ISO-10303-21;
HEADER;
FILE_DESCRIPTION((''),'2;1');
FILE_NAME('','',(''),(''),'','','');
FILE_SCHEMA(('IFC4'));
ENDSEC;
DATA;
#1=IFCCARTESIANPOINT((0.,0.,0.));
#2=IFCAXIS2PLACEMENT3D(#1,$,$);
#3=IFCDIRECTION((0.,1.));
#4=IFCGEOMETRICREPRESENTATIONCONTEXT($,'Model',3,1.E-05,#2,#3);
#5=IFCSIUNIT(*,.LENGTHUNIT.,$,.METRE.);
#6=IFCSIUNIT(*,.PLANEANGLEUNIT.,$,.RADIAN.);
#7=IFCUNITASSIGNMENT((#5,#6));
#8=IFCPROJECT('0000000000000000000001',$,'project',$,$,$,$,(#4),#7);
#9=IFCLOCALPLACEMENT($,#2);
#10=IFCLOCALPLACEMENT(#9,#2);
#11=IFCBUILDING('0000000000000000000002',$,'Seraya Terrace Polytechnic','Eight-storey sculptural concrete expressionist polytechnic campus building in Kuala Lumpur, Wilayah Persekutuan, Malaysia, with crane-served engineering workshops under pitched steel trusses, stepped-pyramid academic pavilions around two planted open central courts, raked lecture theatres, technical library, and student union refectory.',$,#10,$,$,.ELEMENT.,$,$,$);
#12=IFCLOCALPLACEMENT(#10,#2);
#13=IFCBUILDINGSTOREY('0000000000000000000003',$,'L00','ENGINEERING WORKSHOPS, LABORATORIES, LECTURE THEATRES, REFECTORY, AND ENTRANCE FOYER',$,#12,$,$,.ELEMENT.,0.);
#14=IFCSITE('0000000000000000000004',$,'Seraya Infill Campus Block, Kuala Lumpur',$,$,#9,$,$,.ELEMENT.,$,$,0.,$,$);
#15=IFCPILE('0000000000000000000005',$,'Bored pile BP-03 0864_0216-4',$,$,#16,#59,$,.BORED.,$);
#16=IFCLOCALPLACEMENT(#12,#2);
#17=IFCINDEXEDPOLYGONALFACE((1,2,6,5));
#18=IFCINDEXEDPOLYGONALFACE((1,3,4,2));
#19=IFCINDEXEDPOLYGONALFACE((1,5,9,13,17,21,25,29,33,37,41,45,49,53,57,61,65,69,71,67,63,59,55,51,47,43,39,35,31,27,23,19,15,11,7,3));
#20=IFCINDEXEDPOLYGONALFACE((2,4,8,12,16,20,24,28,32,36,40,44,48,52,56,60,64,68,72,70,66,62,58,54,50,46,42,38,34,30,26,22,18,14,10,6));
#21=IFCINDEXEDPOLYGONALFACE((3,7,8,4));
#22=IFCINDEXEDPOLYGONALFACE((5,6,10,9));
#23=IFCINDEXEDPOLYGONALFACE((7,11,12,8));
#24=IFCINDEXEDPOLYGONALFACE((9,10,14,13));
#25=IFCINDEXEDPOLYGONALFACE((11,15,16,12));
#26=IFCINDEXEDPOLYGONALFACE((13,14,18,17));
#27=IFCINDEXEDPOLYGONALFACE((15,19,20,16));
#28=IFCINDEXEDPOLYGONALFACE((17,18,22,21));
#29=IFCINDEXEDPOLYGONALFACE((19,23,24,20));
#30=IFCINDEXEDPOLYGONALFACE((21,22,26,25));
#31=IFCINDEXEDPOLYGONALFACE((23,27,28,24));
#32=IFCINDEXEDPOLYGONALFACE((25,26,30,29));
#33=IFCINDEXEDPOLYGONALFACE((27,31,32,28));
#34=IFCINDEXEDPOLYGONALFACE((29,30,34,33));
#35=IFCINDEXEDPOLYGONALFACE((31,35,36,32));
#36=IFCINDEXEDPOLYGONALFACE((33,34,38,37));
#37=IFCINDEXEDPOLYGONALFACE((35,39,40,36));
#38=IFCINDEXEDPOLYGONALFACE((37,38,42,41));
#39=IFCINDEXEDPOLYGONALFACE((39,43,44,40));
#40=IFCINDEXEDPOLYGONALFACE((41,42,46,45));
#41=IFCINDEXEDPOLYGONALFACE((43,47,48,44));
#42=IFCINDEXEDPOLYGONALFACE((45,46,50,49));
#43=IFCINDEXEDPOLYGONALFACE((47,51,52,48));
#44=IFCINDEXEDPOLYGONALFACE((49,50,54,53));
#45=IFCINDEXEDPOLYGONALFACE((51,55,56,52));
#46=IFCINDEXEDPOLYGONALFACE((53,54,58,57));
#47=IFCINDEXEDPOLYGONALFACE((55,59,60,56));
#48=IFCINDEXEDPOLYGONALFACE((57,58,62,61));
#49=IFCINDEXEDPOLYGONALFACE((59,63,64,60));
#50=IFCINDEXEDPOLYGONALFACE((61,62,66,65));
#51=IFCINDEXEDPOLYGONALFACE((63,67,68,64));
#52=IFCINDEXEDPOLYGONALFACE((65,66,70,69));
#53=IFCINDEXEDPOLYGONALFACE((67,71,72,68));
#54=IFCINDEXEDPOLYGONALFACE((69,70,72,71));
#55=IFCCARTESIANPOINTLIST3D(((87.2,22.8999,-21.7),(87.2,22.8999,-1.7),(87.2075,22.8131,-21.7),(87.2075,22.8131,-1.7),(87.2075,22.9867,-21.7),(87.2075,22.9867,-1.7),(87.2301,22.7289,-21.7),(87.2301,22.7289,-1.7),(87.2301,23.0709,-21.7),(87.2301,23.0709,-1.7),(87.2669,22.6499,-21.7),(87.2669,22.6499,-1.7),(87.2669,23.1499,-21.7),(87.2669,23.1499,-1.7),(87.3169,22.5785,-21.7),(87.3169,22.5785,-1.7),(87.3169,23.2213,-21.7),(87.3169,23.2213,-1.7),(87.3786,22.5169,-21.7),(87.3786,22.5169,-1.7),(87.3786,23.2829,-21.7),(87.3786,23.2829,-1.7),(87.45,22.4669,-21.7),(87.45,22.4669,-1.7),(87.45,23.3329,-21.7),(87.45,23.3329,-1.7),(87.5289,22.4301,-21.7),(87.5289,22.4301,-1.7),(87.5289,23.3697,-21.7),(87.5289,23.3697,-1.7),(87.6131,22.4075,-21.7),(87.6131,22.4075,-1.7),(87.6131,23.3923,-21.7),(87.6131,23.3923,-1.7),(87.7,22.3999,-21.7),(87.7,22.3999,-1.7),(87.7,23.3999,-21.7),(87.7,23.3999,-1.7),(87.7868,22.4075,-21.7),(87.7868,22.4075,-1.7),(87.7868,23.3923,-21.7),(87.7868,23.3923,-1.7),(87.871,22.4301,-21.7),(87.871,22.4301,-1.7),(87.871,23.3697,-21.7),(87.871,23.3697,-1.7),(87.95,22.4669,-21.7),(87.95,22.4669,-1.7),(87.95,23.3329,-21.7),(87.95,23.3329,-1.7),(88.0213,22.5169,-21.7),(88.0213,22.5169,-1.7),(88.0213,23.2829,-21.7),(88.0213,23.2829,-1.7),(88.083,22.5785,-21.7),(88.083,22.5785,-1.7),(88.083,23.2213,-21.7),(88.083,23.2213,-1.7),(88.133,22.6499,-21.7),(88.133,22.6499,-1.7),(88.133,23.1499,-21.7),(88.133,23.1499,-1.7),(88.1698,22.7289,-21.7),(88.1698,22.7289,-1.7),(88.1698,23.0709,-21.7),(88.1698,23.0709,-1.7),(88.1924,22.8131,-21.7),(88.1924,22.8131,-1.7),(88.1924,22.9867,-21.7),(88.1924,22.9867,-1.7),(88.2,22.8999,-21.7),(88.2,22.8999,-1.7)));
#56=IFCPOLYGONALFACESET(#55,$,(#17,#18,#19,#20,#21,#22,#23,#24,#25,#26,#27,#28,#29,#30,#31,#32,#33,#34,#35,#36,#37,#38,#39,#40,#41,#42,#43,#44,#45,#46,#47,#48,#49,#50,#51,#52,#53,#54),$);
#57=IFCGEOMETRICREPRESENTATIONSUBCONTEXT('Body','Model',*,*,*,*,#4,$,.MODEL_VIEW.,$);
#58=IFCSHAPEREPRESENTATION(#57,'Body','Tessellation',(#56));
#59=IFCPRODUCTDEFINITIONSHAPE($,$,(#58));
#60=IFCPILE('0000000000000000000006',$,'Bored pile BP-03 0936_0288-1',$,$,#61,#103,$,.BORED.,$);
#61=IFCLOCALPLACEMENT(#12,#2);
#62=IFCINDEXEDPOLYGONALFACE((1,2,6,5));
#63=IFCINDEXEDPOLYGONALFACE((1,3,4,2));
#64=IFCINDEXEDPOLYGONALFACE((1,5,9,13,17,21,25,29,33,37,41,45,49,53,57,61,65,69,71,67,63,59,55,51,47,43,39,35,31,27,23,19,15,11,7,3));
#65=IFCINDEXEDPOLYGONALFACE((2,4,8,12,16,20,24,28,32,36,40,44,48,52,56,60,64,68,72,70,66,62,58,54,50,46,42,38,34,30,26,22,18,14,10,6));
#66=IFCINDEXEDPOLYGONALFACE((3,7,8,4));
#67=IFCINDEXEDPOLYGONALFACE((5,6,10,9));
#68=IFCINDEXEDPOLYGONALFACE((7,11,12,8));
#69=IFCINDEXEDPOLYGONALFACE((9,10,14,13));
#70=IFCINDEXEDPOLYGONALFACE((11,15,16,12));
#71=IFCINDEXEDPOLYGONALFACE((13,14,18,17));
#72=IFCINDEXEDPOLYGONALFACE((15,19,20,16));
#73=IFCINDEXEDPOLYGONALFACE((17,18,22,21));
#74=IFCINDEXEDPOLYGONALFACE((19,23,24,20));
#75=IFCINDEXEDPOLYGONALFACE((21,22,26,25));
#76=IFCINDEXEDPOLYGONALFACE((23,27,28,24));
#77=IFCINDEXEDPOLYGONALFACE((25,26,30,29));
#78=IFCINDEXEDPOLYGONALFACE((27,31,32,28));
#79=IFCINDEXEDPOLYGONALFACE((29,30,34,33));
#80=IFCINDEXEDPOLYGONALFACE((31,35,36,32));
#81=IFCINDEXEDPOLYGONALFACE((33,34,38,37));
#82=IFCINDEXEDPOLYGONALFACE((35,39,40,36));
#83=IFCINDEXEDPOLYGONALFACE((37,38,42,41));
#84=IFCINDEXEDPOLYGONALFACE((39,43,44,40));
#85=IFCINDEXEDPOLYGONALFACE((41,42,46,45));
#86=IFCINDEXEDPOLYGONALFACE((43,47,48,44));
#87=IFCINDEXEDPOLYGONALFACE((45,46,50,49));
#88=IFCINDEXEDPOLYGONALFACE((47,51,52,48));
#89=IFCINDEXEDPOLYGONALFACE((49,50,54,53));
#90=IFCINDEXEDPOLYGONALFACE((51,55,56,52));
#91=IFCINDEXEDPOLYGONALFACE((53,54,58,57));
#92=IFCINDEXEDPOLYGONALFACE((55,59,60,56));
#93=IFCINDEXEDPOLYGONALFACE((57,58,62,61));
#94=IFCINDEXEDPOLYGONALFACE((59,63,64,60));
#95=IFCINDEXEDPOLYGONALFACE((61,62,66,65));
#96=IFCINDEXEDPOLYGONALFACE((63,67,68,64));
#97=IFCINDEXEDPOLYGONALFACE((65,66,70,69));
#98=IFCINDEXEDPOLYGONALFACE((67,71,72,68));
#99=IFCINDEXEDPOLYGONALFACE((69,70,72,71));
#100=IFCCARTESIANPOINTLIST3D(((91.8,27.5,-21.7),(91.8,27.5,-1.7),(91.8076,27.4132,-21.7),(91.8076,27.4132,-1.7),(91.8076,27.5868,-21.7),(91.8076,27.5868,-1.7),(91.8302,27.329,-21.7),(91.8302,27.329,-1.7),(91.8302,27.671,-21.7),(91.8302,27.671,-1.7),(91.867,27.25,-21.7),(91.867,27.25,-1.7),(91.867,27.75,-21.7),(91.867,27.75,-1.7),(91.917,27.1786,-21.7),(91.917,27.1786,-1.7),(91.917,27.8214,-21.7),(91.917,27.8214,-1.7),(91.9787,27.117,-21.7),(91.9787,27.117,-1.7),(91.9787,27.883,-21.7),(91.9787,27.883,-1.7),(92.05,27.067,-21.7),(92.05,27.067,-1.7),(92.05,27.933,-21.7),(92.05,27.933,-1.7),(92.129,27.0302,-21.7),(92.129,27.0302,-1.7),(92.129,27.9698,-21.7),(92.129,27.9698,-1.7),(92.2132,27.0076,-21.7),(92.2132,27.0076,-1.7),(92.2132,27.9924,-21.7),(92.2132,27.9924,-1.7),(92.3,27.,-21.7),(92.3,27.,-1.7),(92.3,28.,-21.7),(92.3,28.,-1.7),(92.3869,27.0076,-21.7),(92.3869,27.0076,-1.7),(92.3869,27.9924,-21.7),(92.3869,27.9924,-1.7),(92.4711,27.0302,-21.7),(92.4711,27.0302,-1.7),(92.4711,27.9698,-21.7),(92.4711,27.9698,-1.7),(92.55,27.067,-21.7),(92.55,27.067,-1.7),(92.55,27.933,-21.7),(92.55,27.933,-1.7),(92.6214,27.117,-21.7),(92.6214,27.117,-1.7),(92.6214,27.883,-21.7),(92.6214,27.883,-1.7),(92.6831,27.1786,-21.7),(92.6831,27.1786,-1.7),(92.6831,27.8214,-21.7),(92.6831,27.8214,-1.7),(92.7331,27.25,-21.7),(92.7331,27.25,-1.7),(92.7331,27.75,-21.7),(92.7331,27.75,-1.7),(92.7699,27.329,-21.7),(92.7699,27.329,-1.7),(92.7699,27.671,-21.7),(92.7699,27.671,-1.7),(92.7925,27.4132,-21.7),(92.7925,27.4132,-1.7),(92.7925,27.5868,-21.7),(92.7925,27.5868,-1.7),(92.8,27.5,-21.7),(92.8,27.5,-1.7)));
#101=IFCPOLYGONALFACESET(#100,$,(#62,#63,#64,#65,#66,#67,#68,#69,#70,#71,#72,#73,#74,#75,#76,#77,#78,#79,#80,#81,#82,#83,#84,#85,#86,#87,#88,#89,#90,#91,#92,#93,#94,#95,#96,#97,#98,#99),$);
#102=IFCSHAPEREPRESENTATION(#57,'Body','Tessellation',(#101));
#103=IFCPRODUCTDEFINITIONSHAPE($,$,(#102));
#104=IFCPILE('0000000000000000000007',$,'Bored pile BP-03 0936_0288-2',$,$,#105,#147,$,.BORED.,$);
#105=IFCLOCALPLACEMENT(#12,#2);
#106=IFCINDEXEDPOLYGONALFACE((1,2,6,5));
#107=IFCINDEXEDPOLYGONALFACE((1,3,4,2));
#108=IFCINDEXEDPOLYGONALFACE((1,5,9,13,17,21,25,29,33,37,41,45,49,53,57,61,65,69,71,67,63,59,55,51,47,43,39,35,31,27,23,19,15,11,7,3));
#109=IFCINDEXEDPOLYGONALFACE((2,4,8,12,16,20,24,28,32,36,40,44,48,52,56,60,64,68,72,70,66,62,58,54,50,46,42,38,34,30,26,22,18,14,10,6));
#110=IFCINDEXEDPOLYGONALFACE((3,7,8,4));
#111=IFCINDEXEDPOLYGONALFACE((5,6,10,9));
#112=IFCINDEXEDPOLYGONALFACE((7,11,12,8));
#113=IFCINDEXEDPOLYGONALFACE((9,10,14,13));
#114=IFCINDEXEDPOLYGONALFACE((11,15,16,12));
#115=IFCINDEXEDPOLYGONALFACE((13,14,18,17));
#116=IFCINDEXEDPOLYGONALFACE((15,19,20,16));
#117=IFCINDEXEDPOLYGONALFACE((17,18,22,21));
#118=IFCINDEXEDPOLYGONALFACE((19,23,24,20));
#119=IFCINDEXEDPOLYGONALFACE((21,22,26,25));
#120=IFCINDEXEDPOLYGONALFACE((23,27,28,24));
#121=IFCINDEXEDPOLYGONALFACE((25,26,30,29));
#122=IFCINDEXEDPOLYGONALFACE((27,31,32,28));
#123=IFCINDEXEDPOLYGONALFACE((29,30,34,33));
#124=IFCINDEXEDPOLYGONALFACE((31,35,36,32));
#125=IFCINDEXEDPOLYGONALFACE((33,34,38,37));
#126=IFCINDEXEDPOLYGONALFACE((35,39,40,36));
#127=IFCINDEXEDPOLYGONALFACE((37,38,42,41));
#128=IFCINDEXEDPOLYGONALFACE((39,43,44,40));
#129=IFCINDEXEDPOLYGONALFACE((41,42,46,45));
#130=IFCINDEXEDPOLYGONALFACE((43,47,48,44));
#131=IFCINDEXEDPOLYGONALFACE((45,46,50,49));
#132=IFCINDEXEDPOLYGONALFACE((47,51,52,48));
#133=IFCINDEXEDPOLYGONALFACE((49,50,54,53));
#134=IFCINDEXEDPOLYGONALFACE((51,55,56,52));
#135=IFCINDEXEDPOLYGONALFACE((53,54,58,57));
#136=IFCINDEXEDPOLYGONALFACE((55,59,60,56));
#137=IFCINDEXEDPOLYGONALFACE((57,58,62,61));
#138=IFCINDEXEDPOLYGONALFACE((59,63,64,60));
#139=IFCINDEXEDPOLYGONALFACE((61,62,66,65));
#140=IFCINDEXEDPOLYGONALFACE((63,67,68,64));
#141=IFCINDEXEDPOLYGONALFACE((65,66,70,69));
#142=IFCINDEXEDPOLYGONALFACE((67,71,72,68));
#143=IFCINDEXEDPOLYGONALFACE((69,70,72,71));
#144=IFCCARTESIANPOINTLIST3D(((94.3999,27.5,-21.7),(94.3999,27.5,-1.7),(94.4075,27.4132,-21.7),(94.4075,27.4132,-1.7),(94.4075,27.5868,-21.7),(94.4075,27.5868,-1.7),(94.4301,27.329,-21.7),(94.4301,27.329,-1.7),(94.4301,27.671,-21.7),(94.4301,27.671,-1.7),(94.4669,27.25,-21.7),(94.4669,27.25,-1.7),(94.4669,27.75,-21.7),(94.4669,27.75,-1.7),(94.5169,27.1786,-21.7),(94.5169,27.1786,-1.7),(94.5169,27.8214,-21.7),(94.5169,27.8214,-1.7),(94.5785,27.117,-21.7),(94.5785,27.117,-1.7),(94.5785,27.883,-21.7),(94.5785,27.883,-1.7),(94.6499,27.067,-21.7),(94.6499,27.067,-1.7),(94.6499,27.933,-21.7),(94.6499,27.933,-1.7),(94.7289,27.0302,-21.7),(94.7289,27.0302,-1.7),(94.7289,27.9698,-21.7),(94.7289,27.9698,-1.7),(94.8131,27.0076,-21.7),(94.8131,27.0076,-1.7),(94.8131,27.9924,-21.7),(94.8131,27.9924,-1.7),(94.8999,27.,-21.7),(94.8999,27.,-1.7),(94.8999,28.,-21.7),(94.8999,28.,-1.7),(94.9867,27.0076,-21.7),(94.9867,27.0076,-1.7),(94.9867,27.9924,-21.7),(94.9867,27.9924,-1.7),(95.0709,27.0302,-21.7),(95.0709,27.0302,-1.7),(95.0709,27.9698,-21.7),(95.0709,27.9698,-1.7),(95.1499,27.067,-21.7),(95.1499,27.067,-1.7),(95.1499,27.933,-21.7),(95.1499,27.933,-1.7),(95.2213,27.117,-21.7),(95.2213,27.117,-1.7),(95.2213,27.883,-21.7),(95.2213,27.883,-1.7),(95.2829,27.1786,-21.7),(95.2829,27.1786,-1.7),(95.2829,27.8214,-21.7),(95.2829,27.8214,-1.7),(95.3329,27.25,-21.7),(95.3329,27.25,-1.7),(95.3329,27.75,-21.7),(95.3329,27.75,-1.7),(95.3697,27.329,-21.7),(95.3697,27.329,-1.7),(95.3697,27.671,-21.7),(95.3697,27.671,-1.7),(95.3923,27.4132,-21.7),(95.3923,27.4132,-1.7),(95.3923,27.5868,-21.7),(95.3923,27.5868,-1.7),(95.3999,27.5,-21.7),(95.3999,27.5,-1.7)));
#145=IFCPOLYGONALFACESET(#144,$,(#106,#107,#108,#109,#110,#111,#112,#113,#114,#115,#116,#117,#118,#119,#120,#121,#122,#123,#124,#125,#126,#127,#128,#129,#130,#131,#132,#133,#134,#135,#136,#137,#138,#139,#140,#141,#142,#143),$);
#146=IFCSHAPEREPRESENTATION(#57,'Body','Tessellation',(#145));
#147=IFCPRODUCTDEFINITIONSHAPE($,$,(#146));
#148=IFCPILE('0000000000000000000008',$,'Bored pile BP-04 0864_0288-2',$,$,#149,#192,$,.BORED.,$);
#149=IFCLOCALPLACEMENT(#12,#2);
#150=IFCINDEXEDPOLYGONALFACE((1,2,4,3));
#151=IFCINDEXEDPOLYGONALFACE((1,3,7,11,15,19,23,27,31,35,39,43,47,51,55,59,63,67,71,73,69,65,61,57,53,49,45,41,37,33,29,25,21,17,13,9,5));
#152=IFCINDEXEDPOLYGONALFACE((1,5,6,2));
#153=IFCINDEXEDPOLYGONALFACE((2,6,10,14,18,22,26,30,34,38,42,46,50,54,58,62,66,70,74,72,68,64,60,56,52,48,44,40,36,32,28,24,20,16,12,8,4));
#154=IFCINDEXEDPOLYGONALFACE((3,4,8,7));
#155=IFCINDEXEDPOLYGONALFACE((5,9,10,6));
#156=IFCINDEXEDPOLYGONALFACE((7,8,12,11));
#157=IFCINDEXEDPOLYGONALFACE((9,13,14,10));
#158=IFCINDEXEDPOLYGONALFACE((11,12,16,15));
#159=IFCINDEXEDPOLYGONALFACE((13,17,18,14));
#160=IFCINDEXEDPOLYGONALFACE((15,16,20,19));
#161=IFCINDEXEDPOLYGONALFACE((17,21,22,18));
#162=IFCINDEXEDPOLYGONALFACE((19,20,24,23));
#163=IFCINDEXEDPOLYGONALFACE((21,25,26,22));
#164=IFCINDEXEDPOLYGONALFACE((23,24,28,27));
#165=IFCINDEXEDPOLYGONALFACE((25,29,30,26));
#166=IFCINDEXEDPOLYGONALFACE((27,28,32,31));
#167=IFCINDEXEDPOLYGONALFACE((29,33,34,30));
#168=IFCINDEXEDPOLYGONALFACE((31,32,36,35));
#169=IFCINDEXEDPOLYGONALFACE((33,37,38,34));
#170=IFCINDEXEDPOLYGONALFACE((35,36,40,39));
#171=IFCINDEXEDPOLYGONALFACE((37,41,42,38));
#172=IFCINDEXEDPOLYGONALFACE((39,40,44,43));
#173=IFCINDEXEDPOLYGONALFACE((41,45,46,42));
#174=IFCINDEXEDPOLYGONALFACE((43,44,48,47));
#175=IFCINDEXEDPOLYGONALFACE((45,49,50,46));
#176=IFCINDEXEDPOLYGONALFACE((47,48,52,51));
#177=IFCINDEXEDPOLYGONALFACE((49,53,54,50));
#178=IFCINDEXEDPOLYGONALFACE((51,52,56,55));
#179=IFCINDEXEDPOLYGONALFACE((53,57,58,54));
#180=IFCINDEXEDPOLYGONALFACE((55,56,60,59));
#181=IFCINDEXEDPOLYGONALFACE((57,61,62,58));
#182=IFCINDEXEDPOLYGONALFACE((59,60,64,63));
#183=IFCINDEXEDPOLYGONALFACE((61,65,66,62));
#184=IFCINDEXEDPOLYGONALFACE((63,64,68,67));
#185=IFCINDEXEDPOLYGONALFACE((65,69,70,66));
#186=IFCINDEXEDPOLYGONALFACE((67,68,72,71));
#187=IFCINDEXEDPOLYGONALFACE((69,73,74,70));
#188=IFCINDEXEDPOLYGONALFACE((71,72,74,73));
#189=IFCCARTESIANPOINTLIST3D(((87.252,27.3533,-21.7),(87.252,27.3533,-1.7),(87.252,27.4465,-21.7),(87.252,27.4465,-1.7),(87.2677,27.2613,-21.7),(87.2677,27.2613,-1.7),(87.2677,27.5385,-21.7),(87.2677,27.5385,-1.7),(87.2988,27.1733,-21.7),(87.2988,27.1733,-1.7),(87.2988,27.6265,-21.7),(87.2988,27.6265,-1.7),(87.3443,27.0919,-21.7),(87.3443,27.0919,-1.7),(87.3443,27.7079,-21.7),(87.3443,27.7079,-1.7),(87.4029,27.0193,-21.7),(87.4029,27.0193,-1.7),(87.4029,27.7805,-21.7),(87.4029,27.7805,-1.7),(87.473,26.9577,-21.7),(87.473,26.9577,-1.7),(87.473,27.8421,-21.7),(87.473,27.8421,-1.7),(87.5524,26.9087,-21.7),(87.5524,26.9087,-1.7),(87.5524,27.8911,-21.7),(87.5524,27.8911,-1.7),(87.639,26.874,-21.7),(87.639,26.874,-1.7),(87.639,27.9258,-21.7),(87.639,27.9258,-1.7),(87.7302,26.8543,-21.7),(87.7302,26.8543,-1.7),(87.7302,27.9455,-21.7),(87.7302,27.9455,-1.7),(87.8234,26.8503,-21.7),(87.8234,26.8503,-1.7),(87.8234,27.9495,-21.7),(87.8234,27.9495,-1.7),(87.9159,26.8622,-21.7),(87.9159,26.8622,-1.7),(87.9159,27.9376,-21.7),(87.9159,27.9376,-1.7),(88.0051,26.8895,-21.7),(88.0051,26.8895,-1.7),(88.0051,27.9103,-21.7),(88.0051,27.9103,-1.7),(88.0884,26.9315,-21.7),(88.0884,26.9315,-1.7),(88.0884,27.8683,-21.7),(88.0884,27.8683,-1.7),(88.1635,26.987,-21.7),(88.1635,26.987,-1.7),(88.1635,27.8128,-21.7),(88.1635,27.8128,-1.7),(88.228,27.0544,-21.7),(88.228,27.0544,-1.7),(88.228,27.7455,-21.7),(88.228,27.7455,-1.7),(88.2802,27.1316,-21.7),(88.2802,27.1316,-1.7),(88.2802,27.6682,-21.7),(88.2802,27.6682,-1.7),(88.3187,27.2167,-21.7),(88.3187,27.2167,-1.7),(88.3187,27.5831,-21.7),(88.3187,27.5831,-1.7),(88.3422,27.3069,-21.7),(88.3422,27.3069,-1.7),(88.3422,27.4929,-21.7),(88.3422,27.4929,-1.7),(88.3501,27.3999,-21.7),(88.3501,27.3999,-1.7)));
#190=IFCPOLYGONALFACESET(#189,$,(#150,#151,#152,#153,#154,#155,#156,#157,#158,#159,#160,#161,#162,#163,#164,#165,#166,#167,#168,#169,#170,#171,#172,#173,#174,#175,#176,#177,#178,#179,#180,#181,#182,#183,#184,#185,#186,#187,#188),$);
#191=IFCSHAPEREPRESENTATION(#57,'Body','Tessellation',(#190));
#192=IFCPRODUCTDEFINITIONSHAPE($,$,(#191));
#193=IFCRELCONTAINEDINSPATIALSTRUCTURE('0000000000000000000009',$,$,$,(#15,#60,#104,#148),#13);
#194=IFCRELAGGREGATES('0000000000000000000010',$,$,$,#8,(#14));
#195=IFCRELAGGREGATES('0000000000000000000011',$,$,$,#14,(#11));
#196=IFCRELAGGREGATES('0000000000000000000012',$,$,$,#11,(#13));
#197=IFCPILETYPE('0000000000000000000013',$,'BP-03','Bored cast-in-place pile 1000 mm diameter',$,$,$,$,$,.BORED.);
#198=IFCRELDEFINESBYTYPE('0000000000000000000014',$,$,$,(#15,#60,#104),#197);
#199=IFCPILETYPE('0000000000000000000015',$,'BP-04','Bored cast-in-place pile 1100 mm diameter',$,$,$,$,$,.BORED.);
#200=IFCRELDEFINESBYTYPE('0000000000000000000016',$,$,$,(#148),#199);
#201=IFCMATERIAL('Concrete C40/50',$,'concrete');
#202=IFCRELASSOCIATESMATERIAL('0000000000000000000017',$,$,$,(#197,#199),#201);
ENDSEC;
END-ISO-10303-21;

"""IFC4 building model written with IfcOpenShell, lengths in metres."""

from ifc_helpers import new_model, si_unit, direction, frame, origin, origin_2d, place, context, subcontext, project, spatial, circle, extrude, material, material_profile, profile_set, type_object, element, save


model = new_model("IFC4")

# Units and contexts
model_context = context("Model", 3, precision=1e-05, world=origin(), true_north=direction((0.0, 1.0)))
body_context = subcontext(model_context, "Body", "Model", "MODEL_VIEW")
ifc_project = project(units=[si_unit("LENGTHUNIT", "METRE"), si_unit("PLANEANGLEUNIT", "RADIAN")], contexts=[model_context])

# Site, building, storey
site_placement = place(None, origin())
site = spatial("IfcSite", under=ifc_project, at=site_placement, Name="Seraya Infill Campus Block, Kuala Lumpur", CompositionType="ELEMENT", RefElevation=0.0)
building_placement = place(site_placement, origin())
building = spatial("IfcBuilding", under=site, at=building_placement, Name="Seraya Terrace Polytechnic", Description="Eight-storey sculptural concrete expressionist polytechnic campus building in Kuala Lumpur, Wilayah Persekutuan, Malaysia, with crane-served engineering workshops under pitched steel trusses, stepped-pyramid academic pavilions around two planted open central courts, raked lecture theatres, technical library, and student union refectory.", CompositionType="ELEMENT")
storey_placement = place(building_placement, origin())
storey = spatial("IfcBuildingStorey", under=building, at=storey_placement, Name="L00", Description="ENGINEERING WORKSHOPS, LABORATORIES, LECTURE THEATRES, REFECTORY, AND ENTRANCE FOYER", CompositionType="ELEMENT", Elevation=0.0)

# Piles
ifc_material_1 = material(Name="Concrete C40/50", Category="concrete")
ifc_material_profile_1 = material_profile(ifc_material_1, circle(Radius=0.5, at=origin_2d()), Name="DIA 1000")
ifc_profile_set_1 = profile_set([ifc_material_profile_1], Name="Concrete C40/50")
pile_type_1 = type_object("IfcPileType", Name="BP-03", Description="Bored cast-in-place pile 1000 mm diameter", PredefinedType="BORED", material=ifc_profile_set_1)
for number, where, z_axis, x_axis, name in (
    (1, (87.7, 22.8999, -1.7), (0.0, 0.0, -1.0), (1.0, 0.0, 0.0), "Bored pile BP-03 0864_0216-4"),
    (2, (92.3, 27.5, -1.7), (0.0, 0.0, -1.0), (1.0, 0.0, 0.0), "Bored pile BP-03 0936_0288-1"),
    (3, (94.8999, 27.5, -1.7), (0.0, 0.0, -1.0), (1.0, 0.0, 0.0), "Bored pile BP-03 0936_0288-2"),
):
    element("IfcPile", number, at=place(storey_placement, frame(where, z_axis=z_axis, x_axis=x_axis)), inside=storey, type_object=pile_type_1, Name=name, PredefinedType="BORED", context=body_context, shape_type="SweptSolid", body=[
        extrude(circle(Radius=0.5, at=origin_2d()), origin(), (0.0, 0.0, 1.0), 20.0),
    ])
ifc_material_profile_2 = material_profile(ifc_material_1, circle(Radius=0.55, at=origin_2d()), Name="DIA 1100")
ifc_profile_set_2 = profile_set([ifc_material_profile_2], Name="Concrete C40/50")
pile_type_2 = type_object("IfcPileType", Name="BP-04", Description="Bored cast-in-place pile 1100 mm diameter", PredefinedType="BORED", material=ifc_profile_set_2)
for number, where, z_axis, x_axis, name in (
    (4, (87.8, 27.3999, -1.7), (0.0, 0.0, -1.0), (1.0, 0.0, 0.0), "Bored pile BP-04 0864_0288-2"),
):
    element("IfcPile", number, at=place(storey_placement, frame(where, z_axis=z_axis, x_axis=x_axis)), inside=storey, type_object=pile_type_2, Name=name, PredefinedType="BORED", context=body_context, shape_type="SweptSolid", body=[
        extrude(circle(Radius=0.55, at=origin_2d()), origin(), (0.0, 0.0, 1.0), 20.0),
    ])

save(model, "model.ifc")
